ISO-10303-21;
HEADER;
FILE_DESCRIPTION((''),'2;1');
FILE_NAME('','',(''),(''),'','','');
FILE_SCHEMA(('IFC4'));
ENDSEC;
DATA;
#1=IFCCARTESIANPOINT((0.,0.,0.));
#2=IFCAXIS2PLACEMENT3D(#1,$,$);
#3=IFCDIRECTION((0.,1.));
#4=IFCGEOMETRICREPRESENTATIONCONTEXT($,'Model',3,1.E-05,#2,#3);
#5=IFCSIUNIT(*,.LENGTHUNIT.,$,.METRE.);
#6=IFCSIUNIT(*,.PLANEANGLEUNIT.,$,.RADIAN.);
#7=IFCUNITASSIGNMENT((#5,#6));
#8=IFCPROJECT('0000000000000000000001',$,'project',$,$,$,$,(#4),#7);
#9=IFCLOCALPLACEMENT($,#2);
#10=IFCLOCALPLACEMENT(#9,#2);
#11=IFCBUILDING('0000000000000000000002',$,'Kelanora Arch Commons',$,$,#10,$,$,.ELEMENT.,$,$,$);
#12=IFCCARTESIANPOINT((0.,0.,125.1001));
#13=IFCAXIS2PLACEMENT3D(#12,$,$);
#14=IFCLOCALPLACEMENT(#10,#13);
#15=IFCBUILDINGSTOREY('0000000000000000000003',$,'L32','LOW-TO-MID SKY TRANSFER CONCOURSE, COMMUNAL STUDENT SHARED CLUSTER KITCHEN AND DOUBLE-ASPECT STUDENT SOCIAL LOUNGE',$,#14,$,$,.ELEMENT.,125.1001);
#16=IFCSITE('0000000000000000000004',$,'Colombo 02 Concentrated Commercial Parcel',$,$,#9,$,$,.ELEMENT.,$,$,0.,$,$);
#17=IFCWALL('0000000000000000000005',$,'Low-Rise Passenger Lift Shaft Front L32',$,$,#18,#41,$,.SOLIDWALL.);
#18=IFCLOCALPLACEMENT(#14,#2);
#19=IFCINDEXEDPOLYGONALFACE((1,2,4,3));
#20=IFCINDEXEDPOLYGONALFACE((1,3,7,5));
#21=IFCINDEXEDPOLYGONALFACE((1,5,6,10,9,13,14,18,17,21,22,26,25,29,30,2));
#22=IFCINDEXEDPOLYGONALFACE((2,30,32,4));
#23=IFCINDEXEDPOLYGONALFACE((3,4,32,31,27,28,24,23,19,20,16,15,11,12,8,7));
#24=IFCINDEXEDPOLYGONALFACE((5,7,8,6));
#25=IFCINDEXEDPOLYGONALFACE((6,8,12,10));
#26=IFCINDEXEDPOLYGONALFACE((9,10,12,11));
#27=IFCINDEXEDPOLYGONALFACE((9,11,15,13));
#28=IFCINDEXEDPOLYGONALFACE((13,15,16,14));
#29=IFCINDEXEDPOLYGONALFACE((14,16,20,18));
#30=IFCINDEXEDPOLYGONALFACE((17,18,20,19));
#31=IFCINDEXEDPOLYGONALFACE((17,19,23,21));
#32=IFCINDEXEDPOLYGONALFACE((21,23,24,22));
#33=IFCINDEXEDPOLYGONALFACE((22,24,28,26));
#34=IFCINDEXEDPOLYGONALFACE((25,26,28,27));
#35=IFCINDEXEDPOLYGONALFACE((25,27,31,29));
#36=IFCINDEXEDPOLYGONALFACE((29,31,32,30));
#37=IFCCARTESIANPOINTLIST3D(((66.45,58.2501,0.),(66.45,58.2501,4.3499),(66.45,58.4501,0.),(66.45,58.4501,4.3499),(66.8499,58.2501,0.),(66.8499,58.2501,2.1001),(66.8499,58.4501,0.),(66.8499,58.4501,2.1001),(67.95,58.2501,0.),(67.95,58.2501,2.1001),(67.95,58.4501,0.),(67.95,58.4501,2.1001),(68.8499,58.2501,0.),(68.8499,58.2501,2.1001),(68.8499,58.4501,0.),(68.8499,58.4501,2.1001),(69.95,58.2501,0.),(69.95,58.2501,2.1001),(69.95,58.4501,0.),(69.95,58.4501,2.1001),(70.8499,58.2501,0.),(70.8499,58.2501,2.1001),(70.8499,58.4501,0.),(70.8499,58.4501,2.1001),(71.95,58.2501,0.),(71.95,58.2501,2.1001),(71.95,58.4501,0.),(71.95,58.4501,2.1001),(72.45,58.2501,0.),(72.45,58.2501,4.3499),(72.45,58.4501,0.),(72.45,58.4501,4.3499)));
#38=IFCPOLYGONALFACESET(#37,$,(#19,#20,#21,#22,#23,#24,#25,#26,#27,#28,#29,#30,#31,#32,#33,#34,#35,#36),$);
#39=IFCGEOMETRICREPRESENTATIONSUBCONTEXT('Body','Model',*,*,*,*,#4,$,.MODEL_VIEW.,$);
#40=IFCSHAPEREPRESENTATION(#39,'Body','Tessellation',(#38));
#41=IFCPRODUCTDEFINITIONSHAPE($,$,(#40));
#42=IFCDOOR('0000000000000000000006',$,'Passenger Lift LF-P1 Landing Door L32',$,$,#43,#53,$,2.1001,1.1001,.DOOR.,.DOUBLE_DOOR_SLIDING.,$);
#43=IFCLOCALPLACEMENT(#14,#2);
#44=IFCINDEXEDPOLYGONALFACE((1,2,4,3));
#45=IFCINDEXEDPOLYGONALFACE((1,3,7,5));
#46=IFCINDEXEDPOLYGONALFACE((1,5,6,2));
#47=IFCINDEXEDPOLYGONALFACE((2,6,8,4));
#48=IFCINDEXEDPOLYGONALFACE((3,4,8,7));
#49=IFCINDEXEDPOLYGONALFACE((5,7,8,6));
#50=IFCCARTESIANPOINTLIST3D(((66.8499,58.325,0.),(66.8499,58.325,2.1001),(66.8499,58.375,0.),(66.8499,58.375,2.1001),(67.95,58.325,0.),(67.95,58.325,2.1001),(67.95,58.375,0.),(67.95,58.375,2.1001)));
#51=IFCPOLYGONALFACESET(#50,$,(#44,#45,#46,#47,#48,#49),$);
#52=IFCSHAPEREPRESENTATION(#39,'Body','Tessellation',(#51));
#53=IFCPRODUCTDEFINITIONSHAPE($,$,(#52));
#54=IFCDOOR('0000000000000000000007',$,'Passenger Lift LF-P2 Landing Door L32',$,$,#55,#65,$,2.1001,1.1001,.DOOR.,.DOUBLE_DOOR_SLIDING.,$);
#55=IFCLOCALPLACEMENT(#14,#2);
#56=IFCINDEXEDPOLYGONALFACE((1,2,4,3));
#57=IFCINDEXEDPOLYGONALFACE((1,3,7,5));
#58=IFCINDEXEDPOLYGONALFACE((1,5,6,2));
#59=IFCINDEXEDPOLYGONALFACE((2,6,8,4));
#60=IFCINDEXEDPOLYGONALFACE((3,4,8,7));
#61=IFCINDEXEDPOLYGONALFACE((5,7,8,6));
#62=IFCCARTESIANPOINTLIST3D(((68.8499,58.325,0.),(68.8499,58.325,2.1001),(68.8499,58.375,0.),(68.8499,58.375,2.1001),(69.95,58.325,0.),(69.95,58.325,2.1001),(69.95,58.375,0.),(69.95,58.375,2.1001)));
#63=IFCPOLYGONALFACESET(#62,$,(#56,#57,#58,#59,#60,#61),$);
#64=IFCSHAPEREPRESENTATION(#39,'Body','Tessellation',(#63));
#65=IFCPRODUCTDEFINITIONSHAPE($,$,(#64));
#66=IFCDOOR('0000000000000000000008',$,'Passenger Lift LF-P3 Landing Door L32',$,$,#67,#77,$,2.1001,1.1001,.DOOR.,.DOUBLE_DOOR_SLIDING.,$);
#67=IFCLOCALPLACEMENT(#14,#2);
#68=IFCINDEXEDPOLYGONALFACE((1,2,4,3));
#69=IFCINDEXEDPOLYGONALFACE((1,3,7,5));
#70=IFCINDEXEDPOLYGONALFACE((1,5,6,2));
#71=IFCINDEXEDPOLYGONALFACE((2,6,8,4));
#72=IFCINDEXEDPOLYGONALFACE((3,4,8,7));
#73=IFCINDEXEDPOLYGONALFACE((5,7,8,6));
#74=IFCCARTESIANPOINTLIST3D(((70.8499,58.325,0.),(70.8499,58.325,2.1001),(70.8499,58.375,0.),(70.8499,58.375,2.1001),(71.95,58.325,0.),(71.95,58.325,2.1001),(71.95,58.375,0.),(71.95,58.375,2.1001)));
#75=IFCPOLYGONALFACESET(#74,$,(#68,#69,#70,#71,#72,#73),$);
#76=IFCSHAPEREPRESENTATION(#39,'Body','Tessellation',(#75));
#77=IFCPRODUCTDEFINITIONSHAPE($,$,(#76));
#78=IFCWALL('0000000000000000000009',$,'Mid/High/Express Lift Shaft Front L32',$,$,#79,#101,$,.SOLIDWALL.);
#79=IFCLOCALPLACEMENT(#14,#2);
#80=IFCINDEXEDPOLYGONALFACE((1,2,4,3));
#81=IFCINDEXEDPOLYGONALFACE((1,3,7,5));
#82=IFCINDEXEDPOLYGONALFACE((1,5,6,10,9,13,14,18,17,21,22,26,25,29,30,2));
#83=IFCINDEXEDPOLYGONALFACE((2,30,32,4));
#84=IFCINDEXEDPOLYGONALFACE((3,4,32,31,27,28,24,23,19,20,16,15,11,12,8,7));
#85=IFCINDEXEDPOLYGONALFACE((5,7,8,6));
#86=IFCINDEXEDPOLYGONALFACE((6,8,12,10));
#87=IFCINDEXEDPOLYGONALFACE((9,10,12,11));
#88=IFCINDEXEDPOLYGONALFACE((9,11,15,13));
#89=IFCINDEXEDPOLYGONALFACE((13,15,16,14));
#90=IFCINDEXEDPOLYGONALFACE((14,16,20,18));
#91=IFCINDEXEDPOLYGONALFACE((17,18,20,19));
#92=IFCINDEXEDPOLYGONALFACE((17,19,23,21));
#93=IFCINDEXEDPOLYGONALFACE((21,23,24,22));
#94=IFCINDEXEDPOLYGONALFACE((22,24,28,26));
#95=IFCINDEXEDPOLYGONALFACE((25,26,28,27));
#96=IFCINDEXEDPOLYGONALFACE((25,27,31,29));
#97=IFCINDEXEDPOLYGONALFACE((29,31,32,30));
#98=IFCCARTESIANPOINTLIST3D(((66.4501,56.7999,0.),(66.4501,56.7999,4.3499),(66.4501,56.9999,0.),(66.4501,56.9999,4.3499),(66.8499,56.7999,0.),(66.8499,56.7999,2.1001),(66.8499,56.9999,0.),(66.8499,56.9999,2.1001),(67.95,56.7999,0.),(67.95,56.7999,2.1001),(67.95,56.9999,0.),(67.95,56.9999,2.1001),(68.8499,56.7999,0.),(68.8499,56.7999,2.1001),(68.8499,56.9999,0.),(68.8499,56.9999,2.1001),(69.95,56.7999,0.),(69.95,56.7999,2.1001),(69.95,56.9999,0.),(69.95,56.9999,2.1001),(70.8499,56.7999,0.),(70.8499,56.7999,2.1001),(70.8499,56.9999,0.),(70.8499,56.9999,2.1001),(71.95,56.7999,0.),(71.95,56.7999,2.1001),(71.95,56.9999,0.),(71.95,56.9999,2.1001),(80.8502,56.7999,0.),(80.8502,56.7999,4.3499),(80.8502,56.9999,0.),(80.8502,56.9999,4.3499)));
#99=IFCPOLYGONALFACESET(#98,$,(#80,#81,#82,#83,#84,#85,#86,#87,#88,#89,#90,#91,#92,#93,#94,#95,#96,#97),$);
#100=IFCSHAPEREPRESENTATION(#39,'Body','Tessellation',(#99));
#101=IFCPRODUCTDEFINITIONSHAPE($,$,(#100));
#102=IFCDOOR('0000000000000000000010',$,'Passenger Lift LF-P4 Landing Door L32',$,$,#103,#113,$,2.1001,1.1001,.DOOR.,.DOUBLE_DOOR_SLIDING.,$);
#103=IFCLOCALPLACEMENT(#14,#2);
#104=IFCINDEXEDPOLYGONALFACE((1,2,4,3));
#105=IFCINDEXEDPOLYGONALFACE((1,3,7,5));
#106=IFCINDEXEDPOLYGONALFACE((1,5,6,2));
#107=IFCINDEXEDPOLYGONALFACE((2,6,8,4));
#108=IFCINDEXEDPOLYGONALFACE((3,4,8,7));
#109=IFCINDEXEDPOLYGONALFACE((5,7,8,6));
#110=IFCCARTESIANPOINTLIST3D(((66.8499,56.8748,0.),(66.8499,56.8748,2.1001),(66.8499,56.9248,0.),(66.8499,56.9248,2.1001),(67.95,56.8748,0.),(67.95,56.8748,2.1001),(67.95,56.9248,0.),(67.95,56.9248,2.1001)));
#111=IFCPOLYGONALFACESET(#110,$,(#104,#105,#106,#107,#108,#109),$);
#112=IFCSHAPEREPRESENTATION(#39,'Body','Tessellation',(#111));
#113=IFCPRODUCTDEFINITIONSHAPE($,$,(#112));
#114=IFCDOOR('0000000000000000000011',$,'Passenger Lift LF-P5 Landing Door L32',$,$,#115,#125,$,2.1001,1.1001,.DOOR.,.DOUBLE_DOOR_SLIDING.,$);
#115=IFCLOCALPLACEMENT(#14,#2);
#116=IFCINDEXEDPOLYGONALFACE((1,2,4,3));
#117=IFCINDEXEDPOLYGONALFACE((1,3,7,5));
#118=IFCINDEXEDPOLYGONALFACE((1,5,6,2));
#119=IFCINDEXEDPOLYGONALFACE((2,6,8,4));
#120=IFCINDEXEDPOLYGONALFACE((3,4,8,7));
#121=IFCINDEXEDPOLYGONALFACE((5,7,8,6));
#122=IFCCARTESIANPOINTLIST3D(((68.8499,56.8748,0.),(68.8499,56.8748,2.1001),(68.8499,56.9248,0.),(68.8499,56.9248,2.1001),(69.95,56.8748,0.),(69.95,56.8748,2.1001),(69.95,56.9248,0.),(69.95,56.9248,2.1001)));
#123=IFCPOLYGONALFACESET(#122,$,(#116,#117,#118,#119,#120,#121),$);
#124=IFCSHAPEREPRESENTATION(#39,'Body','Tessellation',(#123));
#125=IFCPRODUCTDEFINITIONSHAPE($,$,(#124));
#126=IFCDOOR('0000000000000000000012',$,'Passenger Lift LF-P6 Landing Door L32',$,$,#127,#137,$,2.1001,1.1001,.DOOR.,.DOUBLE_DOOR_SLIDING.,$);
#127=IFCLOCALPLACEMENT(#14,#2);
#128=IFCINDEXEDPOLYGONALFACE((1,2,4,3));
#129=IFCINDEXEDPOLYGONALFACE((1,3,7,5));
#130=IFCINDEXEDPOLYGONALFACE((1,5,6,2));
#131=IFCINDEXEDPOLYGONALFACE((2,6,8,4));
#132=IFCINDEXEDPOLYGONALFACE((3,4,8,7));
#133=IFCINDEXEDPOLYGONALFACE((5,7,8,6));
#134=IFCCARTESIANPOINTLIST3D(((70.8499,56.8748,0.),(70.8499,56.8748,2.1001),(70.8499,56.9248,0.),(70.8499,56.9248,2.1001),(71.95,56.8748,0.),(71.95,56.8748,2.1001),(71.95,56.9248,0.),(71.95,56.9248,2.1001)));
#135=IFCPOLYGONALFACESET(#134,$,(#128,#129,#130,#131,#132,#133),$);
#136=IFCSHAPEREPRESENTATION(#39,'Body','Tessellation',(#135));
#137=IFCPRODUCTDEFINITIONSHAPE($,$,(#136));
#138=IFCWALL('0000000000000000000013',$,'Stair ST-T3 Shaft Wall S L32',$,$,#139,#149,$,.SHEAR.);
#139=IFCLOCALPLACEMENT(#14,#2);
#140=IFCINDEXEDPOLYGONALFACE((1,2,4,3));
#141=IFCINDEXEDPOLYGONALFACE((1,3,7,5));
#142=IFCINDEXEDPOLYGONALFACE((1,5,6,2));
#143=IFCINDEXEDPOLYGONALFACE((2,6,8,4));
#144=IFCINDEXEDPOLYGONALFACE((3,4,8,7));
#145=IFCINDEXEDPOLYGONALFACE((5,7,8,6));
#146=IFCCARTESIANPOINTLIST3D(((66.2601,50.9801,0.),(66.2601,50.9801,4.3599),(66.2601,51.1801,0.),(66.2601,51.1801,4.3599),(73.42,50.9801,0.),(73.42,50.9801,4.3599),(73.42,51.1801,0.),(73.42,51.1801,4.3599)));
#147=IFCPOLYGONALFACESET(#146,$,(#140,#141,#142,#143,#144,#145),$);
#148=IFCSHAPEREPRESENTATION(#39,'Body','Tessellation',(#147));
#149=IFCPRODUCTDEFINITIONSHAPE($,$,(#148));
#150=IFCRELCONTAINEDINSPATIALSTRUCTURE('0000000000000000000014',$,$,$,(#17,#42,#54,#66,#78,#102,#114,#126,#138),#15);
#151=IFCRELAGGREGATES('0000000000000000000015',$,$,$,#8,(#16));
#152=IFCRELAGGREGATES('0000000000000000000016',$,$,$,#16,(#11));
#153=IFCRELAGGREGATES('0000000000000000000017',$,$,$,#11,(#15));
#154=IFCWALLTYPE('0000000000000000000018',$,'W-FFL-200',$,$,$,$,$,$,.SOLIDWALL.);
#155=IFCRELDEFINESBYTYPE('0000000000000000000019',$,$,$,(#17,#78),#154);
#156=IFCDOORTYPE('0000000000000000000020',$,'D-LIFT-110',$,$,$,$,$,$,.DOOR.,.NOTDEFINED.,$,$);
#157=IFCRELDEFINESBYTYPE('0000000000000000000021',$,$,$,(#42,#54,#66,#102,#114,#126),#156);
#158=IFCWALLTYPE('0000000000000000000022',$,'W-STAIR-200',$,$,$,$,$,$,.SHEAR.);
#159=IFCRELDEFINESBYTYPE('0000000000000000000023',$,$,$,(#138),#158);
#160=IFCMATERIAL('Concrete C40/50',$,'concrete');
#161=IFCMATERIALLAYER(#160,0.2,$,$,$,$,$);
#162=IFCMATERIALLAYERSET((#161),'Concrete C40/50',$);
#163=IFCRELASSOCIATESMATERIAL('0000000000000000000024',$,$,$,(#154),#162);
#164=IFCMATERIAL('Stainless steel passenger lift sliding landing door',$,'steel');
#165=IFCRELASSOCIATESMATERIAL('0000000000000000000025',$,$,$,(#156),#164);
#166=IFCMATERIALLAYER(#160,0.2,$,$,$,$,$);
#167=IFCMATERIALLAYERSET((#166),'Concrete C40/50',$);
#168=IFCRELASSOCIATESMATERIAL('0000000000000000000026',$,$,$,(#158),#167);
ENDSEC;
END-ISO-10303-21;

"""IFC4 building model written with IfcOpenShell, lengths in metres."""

from ifc_helpers import new_model, si_unit, direction, frame, frame_2d, origin, place, context, subcontext, project, spatial, rectangle, extrude, material, layer, layer_set, type_object, element, fill, save


model = new_model("IFC4")

# Units and contexts
model_context = context("Model", 3, precision=1e-05, world=origin(), true_north=direction((0.0, 1.0)))
body_context = subcontext(model_context, "Body", "Model", "MODEL_VIEW")
ifc_project = project(units=[si_unit("LENGTHUNIT", "METRE"), si_unit("PLANEANGLEUNIT", "RADIAN")], contexts=[model_context])

# Site, building, storey
site_placement = place(None, origin())
site = spatial("IfcSite", under=ifc_project, at=site_placement, Name="Colombo 02 Concentrated Commercial Parcel", CompositionType="ELEMENT", RefElevation=0.0)
building_placement = place(site_placement, origin())
building = spatial("IfcBuilding", under=site, at=building_placement, Name="Kelanora Arch Commons", CompositionType="ELEMENT")
storey_placement = place(building_placement, frame((0.0, 0.0, 125.1001)))
storey = spatial("IfcBuildingStorey", under=building, at=storey_placement, Name="L32", Description="LOW-TO-MID SKY TRANSFER CONCOURSE, COMMUNAL STUDENT SHARED CLUSTER KITCHEN AND DOUBLE-ASPECT STUDENT SOCIAL LOUNGE", CompositionType="ELEMENT", Elevation=125.1001)

# Walls, openings, doors
ifc_material_1 = material(Name="Concrete C40/50", Category="concrete")
ifc_layer_1 = layer(ifc_material_1, 0.2)
ifc_layer_set_1 = layer_set([ifc_layer_1], Name="Concrete C40/50")
wall_type_1 = type_object("IfcWallType", Name="W-FFL-200", PredefinedType="SOLIDWALL", material=ifc_layer_set_1)
wall_1_placement = place(storey_placement, frame((66.45, 58.3501, 0.0), z_axis=(0.0, 0.0, 1.0), x_axis=(1.0, 0.0, 0.0)))
wall_1 = element("IfcWall", 1, at=wall_1_placement, inside=storey, type_object=wall_type_1, Name="Low-Rise Passenger Lift Shaft Front L32", PredefinedType="SOLIDWALL", context=body_context, shape_type="SweptSolid", body=[
    extrude(rectangle(XDim=6.0, YDim=0.2, at=frame_2d((3.0, 0.0))), origin(), (0.0, 0.0, 1.0), 4.3499),
])
opening_1_placement = place(wall_1_placement, frame((0.3999, 0.0, 0.0)))
opening_1 = element("IfcOpeningElement", 2, at=opening_1_placement, cuts=wall_1, PredefinedType="OPENING", context=body_context, shape_type="SweptSolid", body=[
    extrude(rectangle(XDim=1.1001, YDim=2.1001, at=frame_2d((0.55, 1.05))), frame((0.0, 0.1099, 0.0), z_axis=(0.0, -1.0, 0.0), x_axis=(1.0, 0.0, 0.0)), (0.0, 0.0, 1.0), 0.22),
])
opening_2_placement = place(wall_1_placement, frame((2.3999, 0.0, 0.0)))
opening_2 = element("IfcOpeningElement", 3, at=opening_2_placement, cuts=wall_1, PredefinedType="OPENING", context=body_context, shape_type="SweptSolid", body=[
    extrude(rectangle(XDim=1.1001, YDim=2.1001, at=frame_2d((0.55, 1.05))), frame((0.0, 0.1099, 0.0), z_axis=(0.0, -1.0, 0.0), x_axis=(1.0, 0.0, 0.0)), (0.0, 0.0, 1.0), 0.22),
])
opening_3_placement = place(wall_1_placement, frame((4.3999, 0.0, 0.0)))
opening_3 = element("IfcOpeningElement", 4, at=opening_3_placement, cuts=wall_1, PredefinedType="OPENING", context=body_context, shape_type="SweptSolid", body=[
    extrude(rectangle(XDim=1.1001, YDim=2.1001, at=frame_2d((0.55, 1.05))), frame((0.0, 0.1099, 0.0), z_axis=(0.0, -1.0, 0.0), x_axis=(1.0, 0.0, 0.0)), (0.0, 0.0, 1.0), 0.22),
])
ifc_material_2 = material(Name="Stainless steel passenger lift sliding landing door", Category="steel")
door_type_1 = type_object("IfcDoorType", Name="D-LIFT-110", OperationType="NOTDEFINED", PredefinedType="DOOR", material=ifc_material_2)
door_1_placement = place(opening_1_placement, origin())
door_1 = element("IfcDoor", 5, at=door_1_placement, inside=storey, type_object=door_type_1, Name="Passenger Lift LF-P1 Landing Door L32", OperationType="DOUBLE_DOOR_SLIDING", OverallHeight=2.1001, OverallWidth=1.1001, PredefinedType="DOOR", context=body_context, shape_type="SweptSolid", body=[
    extrude(rectangle(XDim=1.1001, YDim=2.1001, at=frame_2d((0.55, 1.05))), frame((0.0, 0.0249, 0.0), z_axis=(0.0, -1.0, 0.0), x_axis=(1.0, 0.0, 0.0)), (0.0, 0.0, 1.0), 0.05),
])
fill(opening_1, door_1)
door_2_placement = place(opening_2_placement, origin())
door_2 = element("IfcDoor", 6, at=door_2_placement, inside=storey, type_object=door_type_1, Name="Passenger Lift LF-P2 Landing Door L32", OperationType="DOUBLE_DOOR_SLIDING", OverallHeight=2.1001, OverallWidth=1.1001, PredefinedType="DOOR", context=body_context, shape_type="SweptSolid", body=[
    extrude(rectangle(XDim=1.1001, YDim=2.1001, at=frame_2d((0.55, 1.05))), frame((0.0, 0.0249, 0.0), z_axis=(0.0, -1.0, 0.0), x_axis=(1.0, 0.0, 0.0)), (0.0, 0.0, 1.0), 0.05),
])
fill(opening_2, door_2)
door_3_placement = place(opening_3_placement, origin())
door_3 = element("IfcDoor", 7, at=door_3_placement, inside=storey, type_object=door_type_1, Name="Passenger Lift LF-P3 Landing Door L32", OperationType="DOUBLE_DOOR_SLIDING", OverallHeight=2.1001, OverallWidth=1.1001, PredefinedType="DOOR", context=body_context, shape_type="SweptSolid", body=[
    extrude(rectangle(XDim=1.1001, YDim=2.1001, at=frame_2d((0.55, 1.05))), frame((0.0, 0.0249, 0.0), z_axis=(0.0, -1.0, 0.0), x_axis=(1.0, 0.0, 0.0)), (0.0, 0.0, 1.0), 0.05),
])
fill(opening_3, door_3)
wall_2_placement = place(storey_placement, frame((66.45, 56.8999, 0.0), z_axis=(0.0, 0.0, 1.0), x_axis=(1.0, 0.0, 0.0)))
wall_2 = element("IfcWall", 8, at=wall_2_placement, inside=storey, type_object=wall_type_1, Name="Mid/High/Express Lift Shaft Front L32", PredefinedType="SOLIDWALL", context=body_context, shape_type="SweptSolid", body=[
    extrude(rectangle(XDim=14.4001, YDim=0.2, at=frame_2d((7.2002, 0.0))), origin(), (0.0, 0.0, 1.0), 4.3499),
])
opening_4_placement = place(wall_2_placement, frame((0.3999, 0.0, 0.0)))
opening_4 = element("IfcOpeningElement", 9, at=opening_4_placement, cuts=wall_2, PredefinedType="OPENING", context=body_context, shape_type="SweptSolid", body=[
    extrude(rectangle(XDim=1.1001, YDim=2.1001, at=frame_2d((0.55, 1.05))), frame((0.0, 0.1099, 0.0), z_axis=(0.0, -1.0, 0.0), x_axis=(1.0, 0.0, 0.0)), (0.0, 0.0, 1.0), 0.22),
])
opening_5_placement = place(wall_2_placement, frame((2.3999, 0.0, 0.0)))
opening_5 = element("IfcOpeningElement", 10, at=opening_5_placement, cuts=wall_2, PredefinedType="OPENING", context=body_context, shape_type="SweptSolid", body=[
    extrude(rectangle(XDim=1.1001, YDim=2.1001, at=frame_2d((0.55, 1.05))), frame((0.0, 0.1099, 0.0), z_axis=(0.0, -1.0, 0.0), x_axis=(1.0, 0.0, 0.0)), (0.0, 0.0, 1.0), 0.22),
])
opening_6_placement = place(wall_2_placement, frame((4.3999, 0.0, 0.0)))
opening_6 = element("IfcOpeningElement", 11, at=opening_6_placement, cuts=wall_2, PredefinedType="OPENING", context=body_context, shape_type="SweptSolid", body=[
    extrude(rectangle(XDim=1.1001, YDim=2.1001, at=frame_2d((0.55, 1.05))), frame((0.0, 0.1099, 0.0), z_axis=(0.0, -1.0, 0.0), x_axis=(1.0, 0.0, 0.0)), (0.0, 0.0, 1.0), 0.22),
])
door_4_placement = place(opening_4_placement, origin())
door_4 = element("IfcDoor", 12, at=door_4_placement, inside=storey, type_object=door_type_1, Name="Passenger Lift LF-P4 Landing Door L32", OperationType="DOUBLE_DOOR_SLIDING", OverallHeight=2.1001, OverallWidth=1.1001, PredefinedType="DOOR", context=body_context, shape_type="SweptSolid", body=[
    extrude(rectangle(XDim=1.1001, YDim=2.1001, at=frame_2d((0.55, 1.05))), frame((0.0, 0.0249, 0.0), z_axis=(0.0, -1.0, 0.0), x_axis=(1.0, 0.0, 0.0)), (0.0, 0.0, 1.0), 0.05),
])
fill(opening_4, door_4)
door_5_placement = place(opening_5_placement, origin())
door_5 = element("IfcDoor", 13, at=door_5_placement, inside=storey, type_object=door_type_1, Name="Passenger Lift LF-P5 Landing Door L32", OperationType="DOUBLE_DOOR_SLIDING", OverallHeight=2.1001, OverallWidth=1.1001, PredefinedType="DOOR", context=body_context, shape_type="SweptSolid", body=[
    extrude(rectangle(XDim=1.1001, YDim=2.1001, at=frame_2d((0.55, 1.05))), frame((0.0, 0.0249, 0.0), z_axis=(0.0, -1.0, 0.0), x_axis=(1.0, 0.0, 0.0)), (0.0, 0.0, 1.0), 0.05),
])
fill(opening_5, door_5)
door_6_placement = place(opening_6_placement, origin())
door_6 = element("IfcDoor", 14, at=door_6_placement, inside=storey, type_object=door_type_1, Name="Passenger Lift LF-P6 Landing Door L32", OperationType="DOUBLE_DOOR_SLIDING", OverallHeight=2.1001, OverallWidth=1.1001, PredefinedType="DOOR", context=body_context, shape_type="SweptSolid", body=[
    extrude(rectangle(XDim=1.1001, YDim=2.1001, at=frame_2d((0.55, 1.05))), frame((0.0, 0.0249, 0.0), z_axis=(0.0, -1.0, 0.0), x_axis=(1.0, 0.0, 0.0)), (0.0, 0.0, 1.0), 0.05),
])
fill(opening_6, door_6)

# Wall
ifc_layer_2 = layer(ifc_material_1, 0.2)
ifc_layer_set_2 = layer_set([ifc_layer_2], Name="Concrete C40/50")
wall_type_2 = type_object("IfcWallType", Name="W-STAIR-200", PredefinedType="SHEAR", material=ifc_layer_set_2)
wall_3_placement = place(storey_placement, frame((66.26, 51.0801, 0.0), z_axis=(0.0, 0.0, 1.0), x_axis=(1.0, 0.0, 0.0)))
element("IfcWall", 15, at=wall_3_placement, inside=storey, type_object=wall_type_2, Name="Stair ST-T3 Shaft Wall S L32", PredefinedType="SHEAR", context=body_context, shape_type="SweptSolid", body=[
    extrude(rectangle(XDim=7.1599, YDim=0.2, at=frame_2d((3.5801, 0.0))), origin(), (0.0, 0.0, 1.0), 4.3599),
])

save(model, "model.ifc")
